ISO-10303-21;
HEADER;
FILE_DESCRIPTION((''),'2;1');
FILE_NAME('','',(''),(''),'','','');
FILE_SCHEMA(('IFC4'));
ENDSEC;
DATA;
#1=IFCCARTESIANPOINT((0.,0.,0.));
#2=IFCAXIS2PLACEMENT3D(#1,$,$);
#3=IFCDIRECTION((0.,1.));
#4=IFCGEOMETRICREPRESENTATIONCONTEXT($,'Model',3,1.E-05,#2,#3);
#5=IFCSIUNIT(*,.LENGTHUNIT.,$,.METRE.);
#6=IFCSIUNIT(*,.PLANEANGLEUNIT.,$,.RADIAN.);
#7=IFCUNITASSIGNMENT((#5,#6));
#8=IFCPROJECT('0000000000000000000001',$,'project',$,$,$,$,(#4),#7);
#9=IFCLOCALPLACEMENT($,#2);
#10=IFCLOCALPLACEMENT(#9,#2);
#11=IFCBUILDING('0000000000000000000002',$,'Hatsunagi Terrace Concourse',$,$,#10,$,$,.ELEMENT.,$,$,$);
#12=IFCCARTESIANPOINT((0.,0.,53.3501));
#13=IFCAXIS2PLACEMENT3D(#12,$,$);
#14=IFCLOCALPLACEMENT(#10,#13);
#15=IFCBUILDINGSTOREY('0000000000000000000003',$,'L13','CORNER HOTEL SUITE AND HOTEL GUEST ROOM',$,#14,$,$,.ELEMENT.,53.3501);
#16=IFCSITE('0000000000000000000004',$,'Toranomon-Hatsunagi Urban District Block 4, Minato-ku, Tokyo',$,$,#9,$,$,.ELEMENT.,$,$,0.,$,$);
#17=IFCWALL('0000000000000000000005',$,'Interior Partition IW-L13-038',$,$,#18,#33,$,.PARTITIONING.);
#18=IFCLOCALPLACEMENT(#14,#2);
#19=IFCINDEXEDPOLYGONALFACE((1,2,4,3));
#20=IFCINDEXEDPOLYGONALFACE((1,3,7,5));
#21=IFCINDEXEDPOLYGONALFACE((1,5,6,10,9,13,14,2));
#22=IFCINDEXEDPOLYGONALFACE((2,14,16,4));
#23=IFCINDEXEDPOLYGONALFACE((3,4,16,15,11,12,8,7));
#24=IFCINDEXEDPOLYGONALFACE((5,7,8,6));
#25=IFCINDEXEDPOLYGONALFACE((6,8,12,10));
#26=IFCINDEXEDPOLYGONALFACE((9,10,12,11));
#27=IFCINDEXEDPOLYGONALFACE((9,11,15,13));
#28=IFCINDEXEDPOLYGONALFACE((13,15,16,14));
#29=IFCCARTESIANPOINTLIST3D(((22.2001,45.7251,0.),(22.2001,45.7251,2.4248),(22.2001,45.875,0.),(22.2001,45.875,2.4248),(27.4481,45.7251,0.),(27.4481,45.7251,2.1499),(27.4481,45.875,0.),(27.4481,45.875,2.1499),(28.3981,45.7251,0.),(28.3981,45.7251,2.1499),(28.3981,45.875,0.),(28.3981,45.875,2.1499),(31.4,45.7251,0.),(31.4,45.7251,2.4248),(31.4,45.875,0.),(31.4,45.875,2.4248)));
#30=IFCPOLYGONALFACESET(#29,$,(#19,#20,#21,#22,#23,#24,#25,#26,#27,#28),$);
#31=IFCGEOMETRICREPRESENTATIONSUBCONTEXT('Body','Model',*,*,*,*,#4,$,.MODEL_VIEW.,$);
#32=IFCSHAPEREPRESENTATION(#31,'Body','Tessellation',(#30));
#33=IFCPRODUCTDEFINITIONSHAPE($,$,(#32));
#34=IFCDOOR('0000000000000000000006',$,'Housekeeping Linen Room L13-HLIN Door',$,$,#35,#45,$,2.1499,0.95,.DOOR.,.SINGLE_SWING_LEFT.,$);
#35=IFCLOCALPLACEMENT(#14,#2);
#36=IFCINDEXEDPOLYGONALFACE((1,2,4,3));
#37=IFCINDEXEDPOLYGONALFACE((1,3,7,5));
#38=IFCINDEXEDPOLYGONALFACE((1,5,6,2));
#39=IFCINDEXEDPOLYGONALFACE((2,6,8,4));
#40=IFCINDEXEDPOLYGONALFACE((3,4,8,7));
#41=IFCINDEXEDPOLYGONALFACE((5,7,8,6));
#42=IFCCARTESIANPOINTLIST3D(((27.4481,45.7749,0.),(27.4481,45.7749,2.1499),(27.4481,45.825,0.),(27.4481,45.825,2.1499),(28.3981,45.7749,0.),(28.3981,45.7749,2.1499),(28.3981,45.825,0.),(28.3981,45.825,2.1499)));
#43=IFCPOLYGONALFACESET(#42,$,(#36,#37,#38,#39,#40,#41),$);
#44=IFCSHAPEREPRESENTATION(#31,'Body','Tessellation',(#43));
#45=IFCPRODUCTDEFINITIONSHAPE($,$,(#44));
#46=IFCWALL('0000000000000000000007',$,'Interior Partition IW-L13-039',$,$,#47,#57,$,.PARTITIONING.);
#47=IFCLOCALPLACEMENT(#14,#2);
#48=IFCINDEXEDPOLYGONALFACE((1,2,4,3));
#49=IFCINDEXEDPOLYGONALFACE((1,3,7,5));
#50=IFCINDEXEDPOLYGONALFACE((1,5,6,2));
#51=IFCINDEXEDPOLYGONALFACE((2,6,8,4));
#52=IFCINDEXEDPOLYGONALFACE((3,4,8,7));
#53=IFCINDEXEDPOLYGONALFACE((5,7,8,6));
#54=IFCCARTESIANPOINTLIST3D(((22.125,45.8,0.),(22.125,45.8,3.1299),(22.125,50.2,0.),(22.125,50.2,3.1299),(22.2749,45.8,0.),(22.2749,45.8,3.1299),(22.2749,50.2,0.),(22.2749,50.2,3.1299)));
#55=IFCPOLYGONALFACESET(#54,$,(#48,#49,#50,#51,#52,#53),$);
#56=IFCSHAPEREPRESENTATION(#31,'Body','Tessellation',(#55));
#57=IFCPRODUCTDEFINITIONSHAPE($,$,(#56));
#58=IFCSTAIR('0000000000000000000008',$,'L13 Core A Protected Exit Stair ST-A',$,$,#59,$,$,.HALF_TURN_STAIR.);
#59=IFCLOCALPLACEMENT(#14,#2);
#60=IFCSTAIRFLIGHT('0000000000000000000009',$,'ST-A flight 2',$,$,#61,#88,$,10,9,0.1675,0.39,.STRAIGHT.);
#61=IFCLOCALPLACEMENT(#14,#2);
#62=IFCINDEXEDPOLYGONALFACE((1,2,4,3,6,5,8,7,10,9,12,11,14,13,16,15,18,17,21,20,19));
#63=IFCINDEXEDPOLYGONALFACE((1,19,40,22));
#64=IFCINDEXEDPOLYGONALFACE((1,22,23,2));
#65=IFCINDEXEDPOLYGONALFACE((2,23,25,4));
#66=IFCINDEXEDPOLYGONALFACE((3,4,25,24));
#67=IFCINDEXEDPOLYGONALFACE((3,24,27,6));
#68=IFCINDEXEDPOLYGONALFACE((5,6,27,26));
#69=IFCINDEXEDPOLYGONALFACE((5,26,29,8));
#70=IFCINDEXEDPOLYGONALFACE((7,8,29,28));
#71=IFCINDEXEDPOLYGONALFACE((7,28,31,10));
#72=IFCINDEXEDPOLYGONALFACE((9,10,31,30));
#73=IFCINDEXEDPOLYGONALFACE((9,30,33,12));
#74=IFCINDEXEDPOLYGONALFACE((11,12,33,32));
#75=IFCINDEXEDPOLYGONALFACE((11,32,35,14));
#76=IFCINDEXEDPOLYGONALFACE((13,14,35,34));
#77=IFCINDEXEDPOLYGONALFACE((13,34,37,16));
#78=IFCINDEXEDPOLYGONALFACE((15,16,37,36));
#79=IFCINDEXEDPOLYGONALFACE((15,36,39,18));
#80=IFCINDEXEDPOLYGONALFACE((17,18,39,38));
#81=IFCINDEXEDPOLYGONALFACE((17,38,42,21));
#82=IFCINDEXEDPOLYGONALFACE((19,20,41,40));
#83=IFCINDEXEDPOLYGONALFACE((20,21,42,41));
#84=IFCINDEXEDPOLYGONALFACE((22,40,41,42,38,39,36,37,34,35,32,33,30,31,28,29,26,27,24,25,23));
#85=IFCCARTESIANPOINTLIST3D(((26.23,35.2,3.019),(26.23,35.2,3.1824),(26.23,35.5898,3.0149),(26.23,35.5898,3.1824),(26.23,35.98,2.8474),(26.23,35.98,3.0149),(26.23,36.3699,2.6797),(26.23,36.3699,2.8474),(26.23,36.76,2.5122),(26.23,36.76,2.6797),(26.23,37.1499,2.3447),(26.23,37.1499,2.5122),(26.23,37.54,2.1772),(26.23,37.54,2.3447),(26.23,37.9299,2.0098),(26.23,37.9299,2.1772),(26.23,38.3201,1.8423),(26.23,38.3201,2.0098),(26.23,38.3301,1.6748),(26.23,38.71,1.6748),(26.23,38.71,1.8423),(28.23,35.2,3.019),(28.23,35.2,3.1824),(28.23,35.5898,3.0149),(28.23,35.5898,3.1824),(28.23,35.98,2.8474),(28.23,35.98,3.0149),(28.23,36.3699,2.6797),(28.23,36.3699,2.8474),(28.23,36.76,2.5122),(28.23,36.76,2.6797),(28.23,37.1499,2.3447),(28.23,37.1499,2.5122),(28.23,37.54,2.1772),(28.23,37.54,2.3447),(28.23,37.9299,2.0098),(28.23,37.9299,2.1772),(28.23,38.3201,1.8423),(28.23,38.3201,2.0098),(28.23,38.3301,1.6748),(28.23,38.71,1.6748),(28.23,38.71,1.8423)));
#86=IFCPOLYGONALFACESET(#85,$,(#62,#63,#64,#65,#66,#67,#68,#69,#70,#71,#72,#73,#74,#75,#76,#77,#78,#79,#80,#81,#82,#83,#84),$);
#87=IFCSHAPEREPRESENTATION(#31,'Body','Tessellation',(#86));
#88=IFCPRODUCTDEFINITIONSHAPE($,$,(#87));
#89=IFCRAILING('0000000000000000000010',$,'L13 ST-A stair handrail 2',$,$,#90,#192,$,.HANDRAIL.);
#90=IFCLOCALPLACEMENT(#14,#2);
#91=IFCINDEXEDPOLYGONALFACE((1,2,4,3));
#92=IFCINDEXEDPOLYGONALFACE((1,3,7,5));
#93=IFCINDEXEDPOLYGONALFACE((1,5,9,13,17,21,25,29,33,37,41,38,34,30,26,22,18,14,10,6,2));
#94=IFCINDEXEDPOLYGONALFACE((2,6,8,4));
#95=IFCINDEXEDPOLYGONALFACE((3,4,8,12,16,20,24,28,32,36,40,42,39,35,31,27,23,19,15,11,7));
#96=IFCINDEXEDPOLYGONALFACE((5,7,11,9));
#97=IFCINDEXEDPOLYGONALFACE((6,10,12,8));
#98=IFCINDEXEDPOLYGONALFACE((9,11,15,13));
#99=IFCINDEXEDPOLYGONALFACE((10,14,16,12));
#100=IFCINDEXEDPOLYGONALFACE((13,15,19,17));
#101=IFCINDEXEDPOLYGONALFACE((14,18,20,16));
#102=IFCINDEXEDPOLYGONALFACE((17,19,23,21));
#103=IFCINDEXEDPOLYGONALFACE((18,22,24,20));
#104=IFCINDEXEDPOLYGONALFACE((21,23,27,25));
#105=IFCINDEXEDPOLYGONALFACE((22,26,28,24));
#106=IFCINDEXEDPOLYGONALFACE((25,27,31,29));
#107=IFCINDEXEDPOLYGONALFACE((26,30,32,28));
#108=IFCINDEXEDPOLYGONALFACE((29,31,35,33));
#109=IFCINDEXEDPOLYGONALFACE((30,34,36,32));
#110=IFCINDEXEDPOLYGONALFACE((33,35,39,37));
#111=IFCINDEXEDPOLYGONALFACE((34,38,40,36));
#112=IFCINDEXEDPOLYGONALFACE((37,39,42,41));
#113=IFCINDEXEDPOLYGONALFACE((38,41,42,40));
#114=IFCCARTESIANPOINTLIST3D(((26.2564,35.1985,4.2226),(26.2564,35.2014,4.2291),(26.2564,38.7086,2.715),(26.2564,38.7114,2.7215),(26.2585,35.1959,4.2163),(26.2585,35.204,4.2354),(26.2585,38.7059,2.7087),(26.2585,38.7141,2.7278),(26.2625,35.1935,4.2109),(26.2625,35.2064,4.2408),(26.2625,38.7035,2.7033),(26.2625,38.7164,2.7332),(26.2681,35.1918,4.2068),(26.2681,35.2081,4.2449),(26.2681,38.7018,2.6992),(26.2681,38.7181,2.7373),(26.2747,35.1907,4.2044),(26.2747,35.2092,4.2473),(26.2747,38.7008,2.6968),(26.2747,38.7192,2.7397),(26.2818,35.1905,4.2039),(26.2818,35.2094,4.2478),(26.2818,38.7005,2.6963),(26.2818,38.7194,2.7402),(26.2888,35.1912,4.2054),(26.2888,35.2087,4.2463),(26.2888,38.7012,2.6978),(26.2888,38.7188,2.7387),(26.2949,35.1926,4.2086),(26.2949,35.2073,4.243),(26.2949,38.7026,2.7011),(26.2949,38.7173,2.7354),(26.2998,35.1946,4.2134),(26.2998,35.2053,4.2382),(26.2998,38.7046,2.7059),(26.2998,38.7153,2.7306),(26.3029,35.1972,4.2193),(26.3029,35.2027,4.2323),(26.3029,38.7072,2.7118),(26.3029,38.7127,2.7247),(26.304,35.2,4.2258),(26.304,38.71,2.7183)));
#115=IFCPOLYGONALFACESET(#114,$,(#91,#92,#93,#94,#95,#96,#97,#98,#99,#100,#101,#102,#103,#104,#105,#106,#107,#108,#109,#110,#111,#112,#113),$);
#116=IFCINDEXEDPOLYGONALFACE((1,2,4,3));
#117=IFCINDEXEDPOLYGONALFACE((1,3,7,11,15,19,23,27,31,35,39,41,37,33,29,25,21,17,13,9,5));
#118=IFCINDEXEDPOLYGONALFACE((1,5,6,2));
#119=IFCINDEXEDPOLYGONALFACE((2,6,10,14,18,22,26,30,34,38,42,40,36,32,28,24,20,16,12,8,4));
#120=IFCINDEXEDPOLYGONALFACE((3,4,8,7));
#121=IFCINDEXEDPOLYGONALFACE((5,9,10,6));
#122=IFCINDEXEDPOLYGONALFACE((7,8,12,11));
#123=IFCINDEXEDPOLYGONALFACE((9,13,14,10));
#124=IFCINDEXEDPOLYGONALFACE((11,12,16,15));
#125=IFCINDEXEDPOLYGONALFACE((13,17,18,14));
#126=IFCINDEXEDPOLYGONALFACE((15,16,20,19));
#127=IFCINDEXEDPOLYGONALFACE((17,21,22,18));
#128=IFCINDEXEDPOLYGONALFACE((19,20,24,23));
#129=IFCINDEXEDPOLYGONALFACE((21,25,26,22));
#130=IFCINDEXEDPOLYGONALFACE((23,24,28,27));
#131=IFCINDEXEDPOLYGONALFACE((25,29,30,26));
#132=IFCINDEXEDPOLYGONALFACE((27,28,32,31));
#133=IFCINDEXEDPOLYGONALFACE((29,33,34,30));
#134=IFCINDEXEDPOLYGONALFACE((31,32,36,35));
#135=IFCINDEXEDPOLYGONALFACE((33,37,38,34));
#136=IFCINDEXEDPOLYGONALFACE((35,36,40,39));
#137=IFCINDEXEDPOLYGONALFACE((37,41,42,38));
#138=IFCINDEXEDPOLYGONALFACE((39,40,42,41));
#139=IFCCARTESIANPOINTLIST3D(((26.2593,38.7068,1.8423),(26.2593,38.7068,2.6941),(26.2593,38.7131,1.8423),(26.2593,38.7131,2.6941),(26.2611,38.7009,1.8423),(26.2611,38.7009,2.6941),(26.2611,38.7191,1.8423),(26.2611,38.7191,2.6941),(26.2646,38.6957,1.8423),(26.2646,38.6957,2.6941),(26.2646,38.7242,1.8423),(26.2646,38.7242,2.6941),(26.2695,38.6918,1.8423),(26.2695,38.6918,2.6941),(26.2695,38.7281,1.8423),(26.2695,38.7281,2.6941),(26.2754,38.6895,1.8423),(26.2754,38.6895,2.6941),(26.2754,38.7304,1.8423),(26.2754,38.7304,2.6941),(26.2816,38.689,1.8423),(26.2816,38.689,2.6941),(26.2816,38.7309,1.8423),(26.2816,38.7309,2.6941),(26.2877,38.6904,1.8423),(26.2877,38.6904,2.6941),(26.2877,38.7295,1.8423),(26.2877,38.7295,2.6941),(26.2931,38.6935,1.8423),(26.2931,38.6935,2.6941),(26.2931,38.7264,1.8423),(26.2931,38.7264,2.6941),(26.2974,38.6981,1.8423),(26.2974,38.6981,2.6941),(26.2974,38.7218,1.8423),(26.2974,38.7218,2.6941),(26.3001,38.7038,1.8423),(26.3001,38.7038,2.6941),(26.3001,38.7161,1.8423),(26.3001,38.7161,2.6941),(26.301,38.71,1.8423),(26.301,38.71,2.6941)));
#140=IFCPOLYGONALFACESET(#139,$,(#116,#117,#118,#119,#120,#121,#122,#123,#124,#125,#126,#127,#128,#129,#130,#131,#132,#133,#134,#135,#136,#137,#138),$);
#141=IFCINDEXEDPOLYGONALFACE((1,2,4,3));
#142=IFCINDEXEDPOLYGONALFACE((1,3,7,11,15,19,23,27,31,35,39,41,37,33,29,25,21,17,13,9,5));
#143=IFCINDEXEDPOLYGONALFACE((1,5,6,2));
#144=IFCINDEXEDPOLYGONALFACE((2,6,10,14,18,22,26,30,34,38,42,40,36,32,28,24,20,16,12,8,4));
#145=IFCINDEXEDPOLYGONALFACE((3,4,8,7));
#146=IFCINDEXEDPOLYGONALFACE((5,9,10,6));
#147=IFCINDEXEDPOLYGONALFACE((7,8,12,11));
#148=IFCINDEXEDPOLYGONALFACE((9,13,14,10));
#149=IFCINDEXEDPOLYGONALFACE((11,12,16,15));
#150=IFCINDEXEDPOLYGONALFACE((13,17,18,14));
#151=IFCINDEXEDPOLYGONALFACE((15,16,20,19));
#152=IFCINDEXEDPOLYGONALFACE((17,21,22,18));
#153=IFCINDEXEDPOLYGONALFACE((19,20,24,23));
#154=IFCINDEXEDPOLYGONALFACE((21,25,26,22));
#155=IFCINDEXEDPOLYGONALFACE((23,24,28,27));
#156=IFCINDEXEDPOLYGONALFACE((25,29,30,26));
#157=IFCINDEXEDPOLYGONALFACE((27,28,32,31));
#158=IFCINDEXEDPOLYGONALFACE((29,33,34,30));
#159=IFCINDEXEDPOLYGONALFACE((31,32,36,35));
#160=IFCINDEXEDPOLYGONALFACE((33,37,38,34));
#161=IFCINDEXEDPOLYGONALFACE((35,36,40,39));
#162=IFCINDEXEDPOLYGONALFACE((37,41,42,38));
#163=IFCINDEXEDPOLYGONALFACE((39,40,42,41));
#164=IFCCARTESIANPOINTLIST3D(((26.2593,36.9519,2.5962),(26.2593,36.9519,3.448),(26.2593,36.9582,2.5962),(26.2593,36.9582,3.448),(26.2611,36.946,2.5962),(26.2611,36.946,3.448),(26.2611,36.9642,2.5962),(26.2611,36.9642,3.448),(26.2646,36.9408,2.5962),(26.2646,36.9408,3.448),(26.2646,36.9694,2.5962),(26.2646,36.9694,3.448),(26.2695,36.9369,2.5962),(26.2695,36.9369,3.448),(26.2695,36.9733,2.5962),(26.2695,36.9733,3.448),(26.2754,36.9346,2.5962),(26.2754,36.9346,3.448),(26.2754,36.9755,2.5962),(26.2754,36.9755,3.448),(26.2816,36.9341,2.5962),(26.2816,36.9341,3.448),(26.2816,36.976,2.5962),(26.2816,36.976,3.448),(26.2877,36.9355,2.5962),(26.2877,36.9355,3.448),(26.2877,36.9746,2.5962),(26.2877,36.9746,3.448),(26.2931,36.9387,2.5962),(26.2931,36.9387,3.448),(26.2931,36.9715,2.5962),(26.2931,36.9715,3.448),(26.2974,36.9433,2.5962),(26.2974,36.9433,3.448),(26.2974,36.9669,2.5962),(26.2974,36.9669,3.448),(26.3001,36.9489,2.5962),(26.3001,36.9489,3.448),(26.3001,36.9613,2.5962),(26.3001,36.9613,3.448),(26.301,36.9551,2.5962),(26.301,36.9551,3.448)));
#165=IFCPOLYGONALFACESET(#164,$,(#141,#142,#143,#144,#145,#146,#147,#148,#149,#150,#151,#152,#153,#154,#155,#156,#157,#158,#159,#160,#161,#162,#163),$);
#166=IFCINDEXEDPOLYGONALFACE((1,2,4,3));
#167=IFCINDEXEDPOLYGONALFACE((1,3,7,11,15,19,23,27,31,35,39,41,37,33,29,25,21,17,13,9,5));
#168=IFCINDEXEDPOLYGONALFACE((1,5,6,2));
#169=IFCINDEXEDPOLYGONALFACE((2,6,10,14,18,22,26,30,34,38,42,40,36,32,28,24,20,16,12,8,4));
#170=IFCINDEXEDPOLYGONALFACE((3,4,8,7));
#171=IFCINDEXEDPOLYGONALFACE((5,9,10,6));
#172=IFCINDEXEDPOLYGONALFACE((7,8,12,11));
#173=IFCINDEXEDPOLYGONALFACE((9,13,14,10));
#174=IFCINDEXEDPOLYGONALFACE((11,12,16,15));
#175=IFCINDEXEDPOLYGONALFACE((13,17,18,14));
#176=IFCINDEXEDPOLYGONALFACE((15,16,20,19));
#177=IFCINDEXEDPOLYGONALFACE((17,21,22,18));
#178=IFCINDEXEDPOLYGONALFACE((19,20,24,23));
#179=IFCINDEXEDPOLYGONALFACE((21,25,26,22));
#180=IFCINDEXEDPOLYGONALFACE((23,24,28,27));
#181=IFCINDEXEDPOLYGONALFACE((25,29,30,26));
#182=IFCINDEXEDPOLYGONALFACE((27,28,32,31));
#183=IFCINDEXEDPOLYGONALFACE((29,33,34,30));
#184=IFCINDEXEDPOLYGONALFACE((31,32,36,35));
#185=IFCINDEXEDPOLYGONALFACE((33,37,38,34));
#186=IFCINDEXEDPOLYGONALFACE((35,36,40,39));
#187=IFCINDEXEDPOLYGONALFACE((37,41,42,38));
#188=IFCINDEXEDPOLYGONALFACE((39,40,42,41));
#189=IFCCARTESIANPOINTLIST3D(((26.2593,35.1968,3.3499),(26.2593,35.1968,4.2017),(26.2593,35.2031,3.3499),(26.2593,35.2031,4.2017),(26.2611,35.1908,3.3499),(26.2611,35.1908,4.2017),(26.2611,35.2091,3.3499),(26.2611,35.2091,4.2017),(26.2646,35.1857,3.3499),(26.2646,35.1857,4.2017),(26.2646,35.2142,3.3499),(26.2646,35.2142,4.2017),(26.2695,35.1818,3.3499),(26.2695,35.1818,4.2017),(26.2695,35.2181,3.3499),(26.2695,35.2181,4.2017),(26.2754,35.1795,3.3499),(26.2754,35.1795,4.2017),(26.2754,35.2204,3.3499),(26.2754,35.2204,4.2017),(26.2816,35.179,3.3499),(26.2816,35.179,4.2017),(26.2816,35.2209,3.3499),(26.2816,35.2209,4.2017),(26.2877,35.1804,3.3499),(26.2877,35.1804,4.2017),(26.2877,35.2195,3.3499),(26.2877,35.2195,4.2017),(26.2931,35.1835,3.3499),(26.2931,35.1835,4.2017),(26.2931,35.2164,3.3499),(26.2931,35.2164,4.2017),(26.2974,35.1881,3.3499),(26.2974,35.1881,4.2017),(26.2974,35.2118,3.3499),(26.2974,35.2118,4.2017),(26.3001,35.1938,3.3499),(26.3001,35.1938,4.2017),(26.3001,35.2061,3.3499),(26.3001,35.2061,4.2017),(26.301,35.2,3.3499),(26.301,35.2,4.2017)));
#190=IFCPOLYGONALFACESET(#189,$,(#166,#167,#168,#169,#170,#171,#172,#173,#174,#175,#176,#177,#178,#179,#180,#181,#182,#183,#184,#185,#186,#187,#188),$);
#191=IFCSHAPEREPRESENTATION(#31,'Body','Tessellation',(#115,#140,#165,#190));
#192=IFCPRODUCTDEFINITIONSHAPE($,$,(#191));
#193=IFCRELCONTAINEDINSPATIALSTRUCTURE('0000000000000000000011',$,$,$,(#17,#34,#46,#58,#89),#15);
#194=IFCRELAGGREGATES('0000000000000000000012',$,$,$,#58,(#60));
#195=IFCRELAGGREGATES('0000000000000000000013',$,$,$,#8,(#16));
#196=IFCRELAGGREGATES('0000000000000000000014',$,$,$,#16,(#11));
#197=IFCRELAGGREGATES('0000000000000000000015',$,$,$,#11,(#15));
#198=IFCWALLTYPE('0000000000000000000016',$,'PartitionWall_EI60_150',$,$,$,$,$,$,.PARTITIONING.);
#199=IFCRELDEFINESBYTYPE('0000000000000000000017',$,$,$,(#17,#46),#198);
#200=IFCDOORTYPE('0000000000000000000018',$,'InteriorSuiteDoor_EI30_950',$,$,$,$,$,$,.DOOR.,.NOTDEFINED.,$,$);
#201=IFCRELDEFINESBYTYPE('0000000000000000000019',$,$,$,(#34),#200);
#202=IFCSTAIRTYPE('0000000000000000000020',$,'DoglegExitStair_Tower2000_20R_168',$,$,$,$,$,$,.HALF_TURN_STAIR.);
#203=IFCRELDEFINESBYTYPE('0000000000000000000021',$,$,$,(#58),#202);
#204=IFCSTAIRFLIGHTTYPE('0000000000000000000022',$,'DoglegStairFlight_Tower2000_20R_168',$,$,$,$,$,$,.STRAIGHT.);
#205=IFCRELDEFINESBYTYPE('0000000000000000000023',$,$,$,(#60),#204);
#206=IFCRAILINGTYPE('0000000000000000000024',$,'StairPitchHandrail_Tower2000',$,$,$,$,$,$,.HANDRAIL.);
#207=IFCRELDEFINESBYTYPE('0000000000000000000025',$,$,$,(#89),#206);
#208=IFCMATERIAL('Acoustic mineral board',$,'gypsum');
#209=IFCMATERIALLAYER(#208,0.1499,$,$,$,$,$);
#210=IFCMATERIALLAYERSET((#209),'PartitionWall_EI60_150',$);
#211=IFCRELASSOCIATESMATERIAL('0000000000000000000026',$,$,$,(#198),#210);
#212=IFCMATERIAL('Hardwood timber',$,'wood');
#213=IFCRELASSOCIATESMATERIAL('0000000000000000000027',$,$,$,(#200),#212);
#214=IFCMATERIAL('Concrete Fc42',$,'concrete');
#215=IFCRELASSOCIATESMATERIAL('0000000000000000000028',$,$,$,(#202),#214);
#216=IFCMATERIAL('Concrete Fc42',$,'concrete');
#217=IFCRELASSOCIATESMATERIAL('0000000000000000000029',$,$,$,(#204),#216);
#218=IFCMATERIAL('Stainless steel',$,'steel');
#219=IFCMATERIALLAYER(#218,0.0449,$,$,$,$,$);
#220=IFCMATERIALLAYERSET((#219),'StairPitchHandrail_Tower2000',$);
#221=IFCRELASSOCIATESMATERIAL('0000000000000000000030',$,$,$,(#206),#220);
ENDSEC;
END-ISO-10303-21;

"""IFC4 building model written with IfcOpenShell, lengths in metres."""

from ifc_helpers import new_model, si_unit, direction, frame, frame_2d, origin, origin_2d, place, context, subcontext, project, spatial, polyline, rectangle, circle, outline, extrude, material, layer, layer_set, type_object, element, fill, aggregate, save


model = new_model("IFC4")

# Units and contexts
model_context = context("Model", 3, precision=1e-05, world=origin(), true_north=direction((0.0, 1.0)))
body_context = subcontext(model_context, "Body", "Model", "MODEL_VIEW")
ifc_project = project(units=[si_unit("LENGTHUNIT", "METRE"), si_unit("PLANEANGLEUNIT", "RADIAN")], contexts=[model_context])

# Site, building, storey
site_placement = place(None, origin())
site = spatial("IfcSite", under=ifc_project, at=site_placement, Name="Toranomon-Hatsunagi Urban District Block 4, Minato-ku, Tokyo", CompositionType="ELEMENT", RefElevation=0.0)
building_placement = place(site_placement, origin())
building = spatial("IfcBuilding", under=site, at=building_placement, Name="Hatsunagi Terrace Concourse", CompositionType="ELEMENT")
storey_placement = place(building_placement, frame((0.0, 0.0, 53.3501)))
storey = spatial("IfcBuildingStorey", under=building, at=storey_placement, Name="L13", Description="CORNER HOTEL SUITE AND HOTEL GUEST ROOM", CompositionType="ELEMENT", Elevation=53.3501)

# Shared definitions
ifc_material_1 = material(Name="Acoustic mineral board", Category="gypsum")
ifc_layer_1 = layer(ifc_material_1, 0.1499)
ifc_layer_set_1 = layer_set([ifc_layer_1], Name="PartitionWall_EI60_150")
wall_type_1 = type_object("IfcWallType", Name="PartitionWall_EI60_150", PredefinedType="PARTITIONING", material=ifc_layer_set_1)

# Wall, opening, door
wall_1_placement = place(storey_placement, frame((22.2, 45.8, 0.0), z_axis=(0.0, 0.0, 1.0), x_axis=(1.0, 0.0, 0.0)))
wall_1 = element("IfcWall", 1, at=wall_1_placement, inside=storey, type_object=wall_type_1, Name="Interior Partition IW-L13-038", PredefinedType="PARTITIONING", context=body_context, shape_type="SweptSolid", body=[
    extrude(rectangle(XDim=9.2, YDim=0.1499, at=frame_2d((4.6001, 0.0))), origin(), (0.0, 0.0, 1.0), 2.4248),
])
opening_1_placement = place(wall_1_placement, frame((5.248, 0.0, 0.0)))
opening_1 = element("IfcOpeningElement", 2, at=opening_1_placement, cuts=wall_1, PredefinedType="OPENING", context=body_context, shape_type="SweptSolid", body=[
    extrude(rectangle(XDim=0.95, YDim=2.1499, at=frame_2d((0.4751, 1.075))), frame((0.0, 0.085, 0.0), z_axis=(0.0, -1.0, 0.0), x_axis=(1.0, 0.0, 0.0)), (0.0, 0.0, 1.0), 0.1699),
])
ifc_material_2 = material(Name="Hardwood timber", Category="wood")
door_type_1 = type_object("IfcDoorType", Name="InteriorSuiteDoor_EI30_950", OperationType="NOTDEFINED", PredefinedType="DOOR", material=ifc_material_2)
door_1_placement = place(opening_1_placement, origin())
door_1 = element("IfcDoor", 3, at=door_1_placement, inside=storey, type_object=door_type_1, Name="Housekeeping Linen Room L13-HLIN Door", OperationType="SINGLE_SWING_LEFT", OverallHeight=2.1499, OverallWidth=0.95, PredefinedType="DOOR", context=body_context, shape_type="SweptSolid", body=[
    extrude(rectangle(XDim=0.95, YDim=2.1499, at=frame_2d((0.4751, 1.075))), frame((0.0, 0.0249, 0.0), z_axis=(0.0, -1.0, 0.0), x_axis=(1.0, 0.0, 0.0)), (0.0, 0.0, 1.0), 0.05),
])
fill(opening_1, door_1)

# Wall
wall_2_placement = place(storey_placement, frame((22.2, 45.8, 0.0), z_axis=(0.0, 0.0, 1.0), x_axis=(0.0, 1.0, 0.0)))
element("IfcWall", 4, at=wall_2_placement, inside=storey, type_object=wall_type_1, Name="Interior Partition IW-L13-039", PredefinedType="PARTITIONING", context=body_context, shape_type="SweptSolid", body=[
    extrude(rectangle(XDim=4.3999, YDim=0.1499, at=frame_2d((2.2, 0.0))), origin(), (0.0, 0.0, 1.0), 3.1299),
])

# Stair, stair flight
ifc_material_3 = material(Name="Concrete Fc42", Category="concrete")
stair_type = type_object("IfcStairType", Name="DoglegExitStair_Tower2000_20R_168", PredefinedType="HALF_TURN_STAIR", material=ifc_material_3)
stair_placement = place(storey_placement, origin())
stair = element("IfcStair", 5, at=stair_placement, inside=storey, type_object=stair_type, Name="L13 Core A Protected Exit Stair ST-A", PredefinedType="HALF_TURN_STAIR")
ifc_material_4 = material(Name="Concrete Fc42", Category="concrete")
stair_flight_type = type_object("IfcStairFlightType", Name="DoglegStairFlight_Tower2000_20R_168", PredefinedType="STRAIGHT", material=ifc_material_4)
stair_flight_placement = place(storey_placement, frame((27.23, 38.71, 1.6748), z_axis=(0.0, 0.0, 1.0), x_axis=(0.0, -1.0, 0.0)))
stair_flight = element("IfcStairFlight", 6, at=stair_flight_placement, type_object=stair_flight_type, Name="ST-A flight 2", NumberOfRisers=10, NumberOfTreads=9, PredefinedType="STRAIGHT", RiserHeight=0.1675, TreadLength=0.39, context=body_context, shape_type="SweptSolid", body=[
    extrude(outline(polyline([(0.0, 0.0), (0.0, 0.1675), (0.3899, 0.1675), (0.3899, 0.335), (0.78, 0.335), (0.78, 0.5024), (1.1699, 0.5024), (1.1699, 0.6699), (1.5601, 0.6699), (1.5601, 0.8374), (1.95, 0.8374), (1.95, 1.0049), (2.3401, 1.0049), (2.3401, 1.1726), (2.73, 1.1726), (2.73, 1.3401), (3.1201, 1.3401), (3.1201, 1.5076), (3.51, 1.5076), (3.51, 1.675), (3.51, 1.3442), (0.3799, 0.0), (0.0, 0.0)])), frame((0.0, 1.0, 0.0), z_axis=(0.0, -1.0, 0.0), x_axis=(1.0, 0.0, 0.0)), (0.0, 0.0, 1.0), 2.0),
])
aggregate(stair, [stair_flight])

# Railing
ifc_material_5 = material(Name="Stainless steel", Category="steel")
ifc_layer_2 = layer(ifc_material_5, 0.0449)
ifc_layer_set_2 = layer_set([ifc_layer_2], Name="StairPitchHandrail_Tower2000")
railing_type = type_object("IfcRailingType", Name="StairPitchHandrail_Tower2000", PredefinedType="HANDRAIL", material=ifc_layer_set_2)
railing_placement = place(storey_placement, frame((26.28, 38.71, 1.8423)))
element("IfcRailing", 7, at=railing_placement, inside=storey, type_object=railing_type, Name="L13 ST-A stair handrail 2", PredefinedType="HANDRAIL", context=body_context, shape_type="SweptSolid", body=[
    extrude(circle(Radius=0.0239, at=origin_2d()), frame((0.0, 0.0, 0.876), z_axis=(0.0, -0.918834, 0.394644), x_axis=(1.0, 0.0, 0.0)), (0.0, 0.0, 1.0), 3.8201),
    extrude(circle(Radius=0.021, at=origin_2d()), origin(), (0.0, 0.0, 1.0), 0.8518),
    extrude(circle(Radius=0.021, at=origin_2d()), frame((0.0, -1.7549, 0.7539)), (0.0, 0.0, 1.0), 0.8518),
    extrude(circle(Radius=0.021, at=origin_2d()), frame((0.0, -3.51, 1.5076)), (0.0, 0.0, 1.0), 0.8518),
])

save(model, "model.ifc")
